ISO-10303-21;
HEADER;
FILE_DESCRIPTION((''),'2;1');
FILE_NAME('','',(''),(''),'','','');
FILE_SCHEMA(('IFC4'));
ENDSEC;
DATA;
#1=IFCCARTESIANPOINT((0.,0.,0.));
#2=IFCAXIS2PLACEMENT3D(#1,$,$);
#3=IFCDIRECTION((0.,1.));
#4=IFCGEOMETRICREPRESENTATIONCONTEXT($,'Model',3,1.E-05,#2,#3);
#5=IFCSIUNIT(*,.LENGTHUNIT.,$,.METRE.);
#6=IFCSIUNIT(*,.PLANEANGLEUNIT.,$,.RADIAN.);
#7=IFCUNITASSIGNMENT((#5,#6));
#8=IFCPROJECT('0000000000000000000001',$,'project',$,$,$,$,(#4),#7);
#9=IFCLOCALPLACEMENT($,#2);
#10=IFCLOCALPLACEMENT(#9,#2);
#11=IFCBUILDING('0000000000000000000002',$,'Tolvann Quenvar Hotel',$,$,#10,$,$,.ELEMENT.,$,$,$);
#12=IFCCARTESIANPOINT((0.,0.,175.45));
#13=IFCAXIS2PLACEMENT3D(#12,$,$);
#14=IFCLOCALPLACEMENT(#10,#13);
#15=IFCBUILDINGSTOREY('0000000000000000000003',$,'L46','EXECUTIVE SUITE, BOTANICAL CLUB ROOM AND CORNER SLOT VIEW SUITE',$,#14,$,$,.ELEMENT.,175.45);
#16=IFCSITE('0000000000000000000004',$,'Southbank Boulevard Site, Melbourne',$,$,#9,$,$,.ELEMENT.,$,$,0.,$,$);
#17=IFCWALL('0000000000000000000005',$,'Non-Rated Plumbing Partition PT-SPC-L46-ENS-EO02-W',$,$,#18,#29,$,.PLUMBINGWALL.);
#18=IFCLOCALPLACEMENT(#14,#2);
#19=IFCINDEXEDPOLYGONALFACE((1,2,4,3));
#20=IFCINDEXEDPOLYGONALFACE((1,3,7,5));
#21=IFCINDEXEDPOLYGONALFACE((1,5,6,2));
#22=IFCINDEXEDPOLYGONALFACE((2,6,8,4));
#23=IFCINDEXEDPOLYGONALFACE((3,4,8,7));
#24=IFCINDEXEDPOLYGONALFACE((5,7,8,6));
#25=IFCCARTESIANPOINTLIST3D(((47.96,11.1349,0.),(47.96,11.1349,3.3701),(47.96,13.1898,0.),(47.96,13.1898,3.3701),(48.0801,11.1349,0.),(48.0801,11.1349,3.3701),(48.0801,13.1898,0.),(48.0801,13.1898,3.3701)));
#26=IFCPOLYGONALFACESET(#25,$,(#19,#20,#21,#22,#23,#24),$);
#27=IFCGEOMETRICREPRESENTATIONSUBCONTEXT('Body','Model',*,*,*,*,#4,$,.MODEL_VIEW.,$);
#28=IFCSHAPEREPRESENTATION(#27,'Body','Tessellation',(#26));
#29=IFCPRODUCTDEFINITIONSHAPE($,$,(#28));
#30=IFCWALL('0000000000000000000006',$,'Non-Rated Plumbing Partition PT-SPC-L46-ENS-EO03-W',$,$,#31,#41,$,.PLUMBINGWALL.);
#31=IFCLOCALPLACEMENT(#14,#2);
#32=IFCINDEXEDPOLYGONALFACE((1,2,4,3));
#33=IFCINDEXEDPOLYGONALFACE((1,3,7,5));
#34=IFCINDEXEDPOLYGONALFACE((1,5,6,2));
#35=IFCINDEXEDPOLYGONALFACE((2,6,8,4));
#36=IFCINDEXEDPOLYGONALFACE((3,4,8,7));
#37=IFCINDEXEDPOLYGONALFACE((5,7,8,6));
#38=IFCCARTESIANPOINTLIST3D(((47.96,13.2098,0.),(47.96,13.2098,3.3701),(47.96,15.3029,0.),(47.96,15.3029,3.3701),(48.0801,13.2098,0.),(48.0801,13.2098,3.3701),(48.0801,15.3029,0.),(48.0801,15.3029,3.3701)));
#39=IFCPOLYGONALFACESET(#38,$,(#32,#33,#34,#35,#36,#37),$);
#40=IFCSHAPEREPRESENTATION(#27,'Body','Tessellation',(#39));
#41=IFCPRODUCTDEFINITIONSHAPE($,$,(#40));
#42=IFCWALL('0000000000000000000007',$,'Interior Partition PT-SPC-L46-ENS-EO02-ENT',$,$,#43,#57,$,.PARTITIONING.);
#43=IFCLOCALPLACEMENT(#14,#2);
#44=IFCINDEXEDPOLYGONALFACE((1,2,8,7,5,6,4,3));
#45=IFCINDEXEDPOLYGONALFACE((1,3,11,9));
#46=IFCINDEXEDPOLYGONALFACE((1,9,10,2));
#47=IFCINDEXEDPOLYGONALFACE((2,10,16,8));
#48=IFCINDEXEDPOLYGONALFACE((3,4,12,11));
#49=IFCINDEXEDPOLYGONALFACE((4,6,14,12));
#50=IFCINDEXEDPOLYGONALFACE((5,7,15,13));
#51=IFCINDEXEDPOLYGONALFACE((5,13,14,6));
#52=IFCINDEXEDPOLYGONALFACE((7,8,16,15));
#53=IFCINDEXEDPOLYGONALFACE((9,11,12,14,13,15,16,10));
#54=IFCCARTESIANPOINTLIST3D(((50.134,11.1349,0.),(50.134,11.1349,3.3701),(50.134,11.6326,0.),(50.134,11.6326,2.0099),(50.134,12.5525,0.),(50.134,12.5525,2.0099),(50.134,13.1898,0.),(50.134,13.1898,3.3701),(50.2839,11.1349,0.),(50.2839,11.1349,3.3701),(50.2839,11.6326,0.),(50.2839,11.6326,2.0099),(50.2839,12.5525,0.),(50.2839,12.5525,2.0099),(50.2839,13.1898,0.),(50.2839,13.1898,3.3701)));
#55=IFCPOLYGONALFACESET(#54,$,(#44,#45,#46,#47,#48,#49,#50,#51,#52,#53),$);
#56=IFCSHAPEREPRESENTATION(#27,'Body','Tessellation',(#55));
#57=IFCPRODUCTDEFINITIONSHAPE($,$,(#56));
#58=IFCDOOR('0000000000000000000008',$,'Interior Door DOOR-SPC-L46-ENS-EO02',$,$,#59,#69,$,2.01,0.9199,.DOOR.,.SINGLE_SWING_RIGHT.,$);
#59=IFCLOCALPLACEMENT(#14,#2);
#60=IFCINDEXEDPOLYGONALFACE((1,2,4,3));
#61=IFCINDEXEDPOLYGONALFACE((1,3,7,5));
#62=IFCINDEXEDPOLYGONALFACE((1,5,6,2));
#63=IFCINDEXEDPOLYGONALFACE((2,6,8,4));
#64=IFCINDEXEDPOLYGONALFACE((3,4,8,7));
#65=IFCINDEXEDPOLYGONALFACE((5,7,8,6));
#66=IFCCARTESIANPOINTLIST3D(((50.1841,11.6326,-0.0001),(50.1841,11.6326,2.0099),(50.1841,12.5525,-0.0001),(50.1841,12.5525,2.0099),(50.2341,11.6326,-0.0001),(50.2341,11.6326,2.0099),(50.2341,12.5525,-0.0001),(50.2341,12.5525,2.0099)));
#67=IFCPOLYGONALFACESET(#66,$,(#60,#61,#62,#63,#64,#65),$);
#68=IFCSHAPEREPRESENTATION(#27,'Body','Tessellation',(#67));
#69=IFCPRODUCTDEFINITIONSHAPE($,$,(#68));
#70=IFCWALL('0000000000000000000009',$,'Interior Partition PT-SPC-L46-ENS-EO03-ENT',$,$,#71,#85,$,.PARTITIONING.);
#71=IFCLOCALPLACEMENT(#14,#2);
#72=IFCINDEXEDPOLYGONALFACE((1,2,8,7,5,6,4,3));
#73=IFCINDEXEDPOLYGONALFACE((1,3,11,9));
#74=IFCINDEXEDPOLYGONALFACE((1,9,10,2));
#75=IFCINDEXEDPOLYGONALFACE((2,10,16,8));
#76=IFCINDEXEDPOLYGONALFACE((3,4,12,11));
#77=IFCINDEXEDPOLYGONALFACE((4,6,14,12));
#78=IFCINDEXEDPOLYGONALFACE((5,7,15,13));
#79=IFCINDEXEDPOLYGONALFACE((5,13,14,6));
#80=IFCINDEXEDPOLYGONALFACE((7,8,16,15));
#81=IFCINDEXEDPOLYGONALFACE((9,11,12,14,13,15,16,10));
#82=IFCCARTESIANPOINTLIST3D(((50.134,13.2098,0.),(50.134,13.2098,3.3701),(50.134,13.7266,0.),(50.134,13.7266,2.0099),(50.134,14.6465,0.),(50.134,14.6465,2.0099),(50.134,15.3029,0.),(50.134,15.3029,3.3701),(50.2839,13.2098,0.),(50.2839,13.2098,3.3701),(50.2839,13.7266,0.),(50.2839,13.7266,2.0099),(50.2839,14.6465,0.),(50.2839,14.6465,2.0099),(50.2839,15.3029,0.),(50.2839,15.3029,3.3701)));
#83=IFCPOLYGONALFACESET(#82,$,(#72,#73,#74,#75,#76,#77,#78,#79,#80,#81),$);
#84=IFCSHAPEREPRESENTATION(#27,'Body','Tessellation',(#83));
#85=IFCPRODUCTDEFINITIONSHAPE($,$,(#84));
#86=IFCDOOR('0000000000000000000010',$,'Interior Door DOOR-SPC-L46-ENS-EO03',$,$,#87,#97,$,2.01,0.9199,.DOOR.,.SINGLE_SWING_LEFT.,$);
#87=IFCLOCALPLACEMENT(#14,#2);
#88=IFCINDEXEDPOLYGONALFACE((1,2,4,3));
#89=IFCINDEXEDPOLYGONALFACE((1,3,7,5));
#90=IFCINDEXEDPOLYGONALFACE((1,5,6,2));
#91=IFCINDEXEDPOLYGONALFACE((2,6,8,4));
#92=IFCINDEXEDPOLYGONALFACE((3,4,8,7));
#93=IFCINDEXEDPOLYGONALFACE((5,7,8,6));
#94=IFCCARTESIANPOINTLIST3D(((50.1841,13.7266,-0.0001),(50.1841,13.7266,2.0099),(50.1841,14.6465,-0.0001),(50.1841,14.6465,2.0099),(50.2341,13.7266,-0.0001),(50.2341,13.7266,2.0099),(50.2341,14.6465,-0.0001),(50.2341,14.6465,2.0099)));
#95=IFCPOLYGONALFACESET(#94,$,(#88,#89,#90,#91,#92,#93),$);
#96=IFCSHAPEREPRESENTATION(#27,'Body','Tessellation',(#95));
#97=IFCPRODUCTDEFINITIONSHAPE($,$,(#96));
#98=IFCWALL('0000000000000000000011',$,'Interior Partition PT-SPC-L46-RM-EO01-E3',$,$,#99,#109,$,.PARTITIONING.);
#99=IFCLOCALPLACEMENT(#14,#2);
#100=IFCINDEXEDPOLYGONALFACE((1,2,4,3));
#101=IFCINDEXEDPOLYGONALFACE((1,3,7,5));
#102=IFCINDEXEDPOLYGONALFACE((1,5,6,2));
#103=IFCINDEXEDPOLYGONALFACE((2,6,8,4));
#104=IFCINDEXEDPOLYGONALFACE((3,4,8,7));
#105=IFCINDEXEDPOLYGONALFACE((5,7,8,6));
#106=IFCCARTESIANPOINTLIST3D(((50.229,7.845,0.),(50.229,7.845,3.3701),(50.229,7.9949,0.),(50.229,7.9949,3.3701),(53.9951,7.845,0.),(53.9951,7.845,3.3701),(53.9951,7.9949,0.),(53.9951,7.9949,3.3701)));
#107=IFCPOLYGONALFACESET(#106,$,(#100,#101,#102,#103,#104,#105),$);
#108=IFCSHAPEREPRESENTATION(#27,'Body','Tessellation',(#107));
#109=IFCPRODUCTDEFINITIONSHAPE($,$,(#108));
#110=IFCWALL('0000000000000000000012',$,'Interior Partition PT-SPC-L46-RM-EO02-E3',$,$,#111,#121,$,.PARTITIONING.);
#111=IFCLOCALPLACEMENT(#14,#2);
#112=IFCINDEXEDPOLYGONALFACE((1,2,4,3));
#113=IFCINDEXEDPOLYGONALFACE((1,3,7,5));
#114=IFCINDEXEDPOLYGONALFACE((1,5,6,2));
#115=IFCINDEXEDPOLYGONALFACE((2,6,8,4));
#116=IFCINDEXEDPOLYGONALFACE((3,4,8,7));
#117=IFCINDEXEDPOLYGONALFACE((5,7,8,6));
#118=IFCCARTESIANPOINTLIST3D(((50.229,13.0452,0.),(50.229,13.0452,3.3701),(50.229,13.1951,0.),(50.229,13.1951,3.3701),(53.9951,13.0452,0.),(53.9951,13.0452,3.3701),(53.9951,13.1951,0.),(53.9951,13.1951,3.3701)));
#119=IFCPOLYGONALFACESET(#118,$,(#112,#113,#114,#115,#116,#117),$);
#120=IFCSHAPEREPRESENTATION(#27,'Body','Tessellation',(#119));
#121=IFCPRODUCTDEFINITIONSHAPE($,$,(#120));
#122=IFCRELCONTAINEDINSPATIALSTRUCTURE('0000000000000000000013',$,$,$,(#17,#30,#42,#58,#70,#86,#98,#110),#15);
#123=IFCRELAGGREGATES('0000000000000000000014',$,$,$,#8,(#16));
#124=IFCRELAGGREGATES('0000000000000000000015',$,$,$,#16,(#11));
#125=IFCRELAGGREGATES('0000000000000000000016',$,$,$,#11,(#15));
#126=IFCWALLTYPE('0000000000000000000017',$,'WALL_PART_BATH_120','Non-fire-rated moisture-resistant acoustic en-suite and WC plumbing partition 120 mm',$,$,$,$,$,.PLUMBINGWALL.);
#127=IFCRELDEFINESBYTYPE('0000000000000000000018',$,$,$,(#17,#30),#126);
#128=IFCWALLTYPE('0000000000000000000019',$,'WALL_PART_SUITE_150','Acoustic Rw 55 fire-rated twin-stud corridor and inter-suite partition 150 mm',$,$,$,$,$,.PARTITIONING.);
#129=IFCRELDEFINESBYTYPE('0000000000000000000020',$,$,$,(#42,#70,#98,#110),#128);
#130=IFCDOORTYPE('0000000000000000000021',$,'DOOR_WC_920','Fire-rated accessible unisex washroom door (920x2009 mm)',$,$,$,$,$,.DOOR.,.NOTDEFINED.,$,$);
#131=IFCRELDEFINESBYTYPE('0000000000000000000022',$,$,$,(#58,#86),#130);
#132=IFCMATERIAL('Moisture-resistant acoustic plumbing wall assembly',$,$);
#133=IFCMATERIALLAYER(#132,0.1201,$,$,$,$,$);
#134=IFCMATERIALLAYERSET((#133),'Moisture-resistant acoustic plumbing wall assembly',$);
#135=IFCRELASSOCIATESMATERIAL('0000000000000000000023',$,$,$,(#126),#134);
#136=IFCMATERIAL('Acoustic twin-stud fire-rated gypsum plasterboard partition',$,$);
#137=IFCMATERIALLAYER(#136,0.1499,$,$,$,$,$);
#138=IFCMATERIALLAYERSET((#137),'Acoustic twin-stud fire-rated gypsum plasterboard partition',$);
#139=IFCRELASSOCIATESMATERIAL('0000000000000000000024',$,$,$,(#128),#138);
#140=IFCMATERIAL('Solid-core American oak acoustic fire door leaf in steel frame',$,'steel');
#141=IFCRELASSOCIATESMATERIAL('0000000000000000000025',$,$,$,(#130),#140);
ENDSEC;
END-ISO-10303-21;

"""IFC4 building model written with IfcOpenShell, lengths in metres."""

from ifc_helpers import new_model, si_unit, direction, frame, frame_2d, origin, place, context, subcontext, project, spatial, rectangle, extrude, source, transform, mapped, material, layer, layer_set, type_object, type_shapes, element, fill, save


model = new_model("IFC4")

# Units and contexts
model_context = context("Model", 3, precision=1e-05, world=origin(), true_north=direction((0.0, 1.0)))
body_context = subcontext(model_context, "Body", "Model", "MODEL_VIEW")
ifc_project = project(units=[si_unit("LENGTHUNIT", "METRE"), si_unit("PLANEANGLEUNIT", "RADIAN")], contexts=[model_context])

# Site, building, storey
site_placement = place(None, origin())
site = spatial("IfcSite", under=ifc_project, at=site_placement, Name="Southbank Boulevard Site, Melbourne", CompositionType="ELEMENT", RefElevation=0.0)
building_placement = place(site_placement, origin())
building = spatial("IfcBuilding", under=site, at=building_placement, Name="Tolvann Quenvar Hotel", CompositionType="ELEMENT")
storey_placement = place(building_placement, frame((0.0, 0.0, 175.45)))
storey = spatial("IfcBuildingStorey", under=building, at=storey_placement, Name="L46", Description="EXECUTIVE SUITE, BOTANICAL CLUB ROOM AND CORNER SLOT VIEW SUITE", CompositionType="ELEMENT", Elevation=175.45)

# Walls
ifc_material_1 = material(Name="Moisture-resistant acoustic plumbing wall assembly")
ifc_layer_1 = layer(ifc_material_1, 0.1201)
ifc_layer_set_1 = layer_set([ifc_layer_1], Name="Moisture-resistant acoustic plumbing wall assembly")
wall_type_1 = type_object("IfcWallType", Name="WALL_PART_BATH_120", Description="Non-fire-rated moisture-resistant acoustic en-suite and WC plumbing partition 120 mm", PredefinedType="PLUMBINGWALL", material=ifc_layer_set_1)
wall_1_placement = place(storey_placement, frame((48.02, 11.135, 0.0), z_axis=(0.0, 0.0, 1.0), x_axis=(0.0, 1.0, 0.0)))
element("IfcWall", 1, at=wall_1_placement, inside=storey, type_object=wall_type_1, Name="Non-Rated Plumbing Partition PT-SPC-L46-ENS-EO02-W", PredefinedType="PLUMBINGWALL", context=body_context, shape_type="SweptSolid", body=[
    extrude(rectangle(XDim=2.0549, YDim=0.1201, at=frame_2d((1.0273, 0.0))), origin(), (0.0, 0.0, 1.0), 3.3701),
])
wall_2_placement = place(storey_placement, frame((48.02, 13.21, 0.0), z_axis=(0.0, 0.0, 1.0), x_axis=(0.0, 1.0, 0.0)))
element("IfcWall", 2, at=wall_2_placement, inside=storey, type_object=wall_type_1, Name="Non-Rated Plumbing Partition PT-SPC-L46-ENS-EO03-W", PredefinedType="PLUMBINGWALL", context=body_context, shape_type="SweptSolid", body=[
    extrude(rectangle(XDim=2.093, YDim=0.1201, at=frame_2d((1.0464, 0.0))), origin(), (0.0, 0.0, 1.0), 3.3701),
])

# Walls, openings, doors
ifc_material_2 = material(Name="Acoustic twin-stud fire-rated gypsum plasterboard partition")
ifc_layer_2 = layer(ifc_material_2, 0.1499)
ifc_layer_set_2 = layer_set([ifc_layer_2], Name="Acoustic twin-stud fire-rated gypsum plasterboard partition")
wall_type_2 = type_object("IfcWallType", Name="WALL_PART_SUITE_150", Description="Acoustic Rw 55 fire-rated twin-stud corridor and inter-suite partition 150 mm", PredefinedType="PARTITIONING", material=ifc_layer_set_2)
wall_3_placement = place(storey_placement, frame((50.209, 11.135, 0.0), z_axis=(0.0, 0.0, 1.0), x_axis=(0.0, 1.0, 0.0)))
wall_3 = element("IfcWall", 3, at=wall_3_placement, inside=storey, type_object=wall_type_2, Name="Interior Partition PT-SPC-L46-ENS-EO02-ENT", PredefinedType="PARTITIONING", context=body_context, shape_type="SweptSolid", body=[
    extrude(rectangle(XDim=2.0549, YDim=0.1499, at=frame_2d((1.0273, 0.0))), origin(), (0.0, 0.0, 1.0), 3.3701),
])
opening_1_placement = place(wall_3_placement, frame((0.4976, 0.0, 0.0)))
opening_1 = element("IfcOpeningElement", 4, at=opening_1_placement, cuts=wall_3, PredefinedType="OPENING", context=body_context, shape_type="SweptSolid", body=[
    extrude(rectangle(XDim=0.9199, YDim=2.01, at=frame_2d((0.46, 1.0049))), frame((0.0, 0.085, 0.0), z_axis=(0.0, -1.0, 0.0), x_axis=(1.0, 0.0, 0.0)), (0.0, 0.0, 1.0), 0.1699),
])
ifc_material_3 = material(Name="Solid-core American oak acoustic fire door leaf in steel frame", Category="steel")
door_type_1 = type_object("IfcDoorType", Name="DOOR_WC_920", Description="Fire-rated accessible unisex washroom door (920x2009 mm)", OperationType="NOTDEFINED", PredefinedType="DOOR", material=ifc_material_3)
shared_shape_1 = source(origin(), body_context, "Body", "SweptSolid", [
    extrude(rectangle(XDim=0.9199, YDim=2.01, at=frame_2d((0.46, 1.0049))), frame((0.0, 0.0249, 0.0), z_axis=(0.0, -1.0, 0.0), x_axis=(1.0, 0.0, 0.0)), (0.0, 0.0, 1.0), 0.05),
])
type_shapes(door_type_1, [shared_shape_1])
door_1_placement = place(opening_1_placement, origin())
door_1 = element("IfcDoor", 5, at=door_1_placement, inside=storey, type_object=door_type_1, Name="Interior Door DOOR-SPC-L46-ENS-EO02", OperationType="SINGLE_SWING_RIGHT", OverallHeight=2.01, OverallWidth=0.9199, PredefinedType="DOOR", context=body_context, shape_type="MappedRepresentation", body=[
    mapped(shared_shape_1, transform((0.0, 0.0, 0.0), x_axis=(1.0, 0.0, 0.0), y_axis=(0.0, 1.0, 0.0), z_axis=(0.0, 0.0, 1.0), scale=1.0)),
])
fill(opening_1, door_1)
wall_4_placement = place(storey_placement, frame((50.209, 13.21, 0.0), z_axis=(0.0, 0.0, 1.0), x_axis=(0.0, 1.0, 0.0)))
wall_4 = element("IfcWall", 6, at=wall_4_placement, inside=storey, type_object=wall_type_2, Name="Interior Partition PT-SPC-L46-ENS-EO03-ENT", PredefinedType="PARTITIONING", context=body_context, shape_type="SweptSolid", body=[
    extrude(rectangle(XDim=2.093, YDim=0.1499, at=frame_2d((1.0464, 0.0))), origin(), (0.0, 0.0, 1.0), 3.3701),
])
opening_2_placement = place(wall_4_placement, frame((0.5166, 0.0, 0.0)))
opening_2 = element("IfcOpeningElement", 7, at=opening_2_placement, cuts=wall_4, PredefinedType="OPENING", context=body_context, shape_type="SweptSolid", body=[
    extrude(rectangle(XDim=0.9199, YDim=2.01, at=frame_2d((0.46, 1.0049))), frame((0.0, 0.085, 0.0), z_axis=(0.0, -1.0, 0.0), x_axis=(1.0, 0.0, 0.0)), (0.0, 0.0, 1.0), 0.1699),
])
door_2_placement = place(opening_2_placement, origin())
door_2 = element("IfcDoor", 8, at=door_2_placement, inside=storey, type_object=door_type_1, Name="Interior Door DOOR-SPC-L46-ENS-EO03", OperationType="SINGLE_SWING_LEFT", OverallHeight=2.01, OverallWidth=0.9199, PredefinedType="DOOR", context=body_context, shape_type="MappedRepresentation", body=[
    mapped(shared_shape_1, transform((0.0, 0.0, 0.0), x_axis=(1.0, 0.0, 0.0), y_axis=(0.0, 1.0, 0.0), z_axis=(0.0, 0.0, 1.0), scale=1.0)),
])
fill(opening_2, door_2)

# Wall
wall_5_placement = place(storey_placement, frame((50.229, 7.9199, 0.0), z_axis=(0.0, 0.0, 1.0), x_axis=(1.0, 0.0, 0.0)))
element("IfcWall", 9, at=wall_5_placement, inside=storey, type_object=wall_type_2, Name="Interior Partition PT-SPC-L46-RM-EO01-E3", PredefinedType="PARTITIONING", context=body_context, shape_type="SweptSolid", body=[
    extrude(rectangle(XDim=3.7661, YDim=0.1499, at=frame_2d((1.8831, 0.0))), origin(), (0.0, 0.0, 1.0), 3.3701),
])

# Wall
wall_6_placement = place(storey_placement, frame((50.229, 13.1201, 0.0), z_axis=(0.0, 0.0, 1.0), x_axis=(1.0, 0.0, 0.0)))
element("IfcWall", 10, at=wall_6_placement, inside=storey, type_object=wall_type_2, Name="Interior Partition PT-SPC-L46-RM-EO02-E3", PredefinedType="PARTITIONING", context=body_context, shape_type="SweptSolid", body=[
    extrude(rectangle(XDim=3.7661, YDim=0.1499, at=frame_2d((1.8831, 0.0))), origin(), (0.0, 0.0, 1.0), 3.3701),
])

save(model, "model.ifc")
